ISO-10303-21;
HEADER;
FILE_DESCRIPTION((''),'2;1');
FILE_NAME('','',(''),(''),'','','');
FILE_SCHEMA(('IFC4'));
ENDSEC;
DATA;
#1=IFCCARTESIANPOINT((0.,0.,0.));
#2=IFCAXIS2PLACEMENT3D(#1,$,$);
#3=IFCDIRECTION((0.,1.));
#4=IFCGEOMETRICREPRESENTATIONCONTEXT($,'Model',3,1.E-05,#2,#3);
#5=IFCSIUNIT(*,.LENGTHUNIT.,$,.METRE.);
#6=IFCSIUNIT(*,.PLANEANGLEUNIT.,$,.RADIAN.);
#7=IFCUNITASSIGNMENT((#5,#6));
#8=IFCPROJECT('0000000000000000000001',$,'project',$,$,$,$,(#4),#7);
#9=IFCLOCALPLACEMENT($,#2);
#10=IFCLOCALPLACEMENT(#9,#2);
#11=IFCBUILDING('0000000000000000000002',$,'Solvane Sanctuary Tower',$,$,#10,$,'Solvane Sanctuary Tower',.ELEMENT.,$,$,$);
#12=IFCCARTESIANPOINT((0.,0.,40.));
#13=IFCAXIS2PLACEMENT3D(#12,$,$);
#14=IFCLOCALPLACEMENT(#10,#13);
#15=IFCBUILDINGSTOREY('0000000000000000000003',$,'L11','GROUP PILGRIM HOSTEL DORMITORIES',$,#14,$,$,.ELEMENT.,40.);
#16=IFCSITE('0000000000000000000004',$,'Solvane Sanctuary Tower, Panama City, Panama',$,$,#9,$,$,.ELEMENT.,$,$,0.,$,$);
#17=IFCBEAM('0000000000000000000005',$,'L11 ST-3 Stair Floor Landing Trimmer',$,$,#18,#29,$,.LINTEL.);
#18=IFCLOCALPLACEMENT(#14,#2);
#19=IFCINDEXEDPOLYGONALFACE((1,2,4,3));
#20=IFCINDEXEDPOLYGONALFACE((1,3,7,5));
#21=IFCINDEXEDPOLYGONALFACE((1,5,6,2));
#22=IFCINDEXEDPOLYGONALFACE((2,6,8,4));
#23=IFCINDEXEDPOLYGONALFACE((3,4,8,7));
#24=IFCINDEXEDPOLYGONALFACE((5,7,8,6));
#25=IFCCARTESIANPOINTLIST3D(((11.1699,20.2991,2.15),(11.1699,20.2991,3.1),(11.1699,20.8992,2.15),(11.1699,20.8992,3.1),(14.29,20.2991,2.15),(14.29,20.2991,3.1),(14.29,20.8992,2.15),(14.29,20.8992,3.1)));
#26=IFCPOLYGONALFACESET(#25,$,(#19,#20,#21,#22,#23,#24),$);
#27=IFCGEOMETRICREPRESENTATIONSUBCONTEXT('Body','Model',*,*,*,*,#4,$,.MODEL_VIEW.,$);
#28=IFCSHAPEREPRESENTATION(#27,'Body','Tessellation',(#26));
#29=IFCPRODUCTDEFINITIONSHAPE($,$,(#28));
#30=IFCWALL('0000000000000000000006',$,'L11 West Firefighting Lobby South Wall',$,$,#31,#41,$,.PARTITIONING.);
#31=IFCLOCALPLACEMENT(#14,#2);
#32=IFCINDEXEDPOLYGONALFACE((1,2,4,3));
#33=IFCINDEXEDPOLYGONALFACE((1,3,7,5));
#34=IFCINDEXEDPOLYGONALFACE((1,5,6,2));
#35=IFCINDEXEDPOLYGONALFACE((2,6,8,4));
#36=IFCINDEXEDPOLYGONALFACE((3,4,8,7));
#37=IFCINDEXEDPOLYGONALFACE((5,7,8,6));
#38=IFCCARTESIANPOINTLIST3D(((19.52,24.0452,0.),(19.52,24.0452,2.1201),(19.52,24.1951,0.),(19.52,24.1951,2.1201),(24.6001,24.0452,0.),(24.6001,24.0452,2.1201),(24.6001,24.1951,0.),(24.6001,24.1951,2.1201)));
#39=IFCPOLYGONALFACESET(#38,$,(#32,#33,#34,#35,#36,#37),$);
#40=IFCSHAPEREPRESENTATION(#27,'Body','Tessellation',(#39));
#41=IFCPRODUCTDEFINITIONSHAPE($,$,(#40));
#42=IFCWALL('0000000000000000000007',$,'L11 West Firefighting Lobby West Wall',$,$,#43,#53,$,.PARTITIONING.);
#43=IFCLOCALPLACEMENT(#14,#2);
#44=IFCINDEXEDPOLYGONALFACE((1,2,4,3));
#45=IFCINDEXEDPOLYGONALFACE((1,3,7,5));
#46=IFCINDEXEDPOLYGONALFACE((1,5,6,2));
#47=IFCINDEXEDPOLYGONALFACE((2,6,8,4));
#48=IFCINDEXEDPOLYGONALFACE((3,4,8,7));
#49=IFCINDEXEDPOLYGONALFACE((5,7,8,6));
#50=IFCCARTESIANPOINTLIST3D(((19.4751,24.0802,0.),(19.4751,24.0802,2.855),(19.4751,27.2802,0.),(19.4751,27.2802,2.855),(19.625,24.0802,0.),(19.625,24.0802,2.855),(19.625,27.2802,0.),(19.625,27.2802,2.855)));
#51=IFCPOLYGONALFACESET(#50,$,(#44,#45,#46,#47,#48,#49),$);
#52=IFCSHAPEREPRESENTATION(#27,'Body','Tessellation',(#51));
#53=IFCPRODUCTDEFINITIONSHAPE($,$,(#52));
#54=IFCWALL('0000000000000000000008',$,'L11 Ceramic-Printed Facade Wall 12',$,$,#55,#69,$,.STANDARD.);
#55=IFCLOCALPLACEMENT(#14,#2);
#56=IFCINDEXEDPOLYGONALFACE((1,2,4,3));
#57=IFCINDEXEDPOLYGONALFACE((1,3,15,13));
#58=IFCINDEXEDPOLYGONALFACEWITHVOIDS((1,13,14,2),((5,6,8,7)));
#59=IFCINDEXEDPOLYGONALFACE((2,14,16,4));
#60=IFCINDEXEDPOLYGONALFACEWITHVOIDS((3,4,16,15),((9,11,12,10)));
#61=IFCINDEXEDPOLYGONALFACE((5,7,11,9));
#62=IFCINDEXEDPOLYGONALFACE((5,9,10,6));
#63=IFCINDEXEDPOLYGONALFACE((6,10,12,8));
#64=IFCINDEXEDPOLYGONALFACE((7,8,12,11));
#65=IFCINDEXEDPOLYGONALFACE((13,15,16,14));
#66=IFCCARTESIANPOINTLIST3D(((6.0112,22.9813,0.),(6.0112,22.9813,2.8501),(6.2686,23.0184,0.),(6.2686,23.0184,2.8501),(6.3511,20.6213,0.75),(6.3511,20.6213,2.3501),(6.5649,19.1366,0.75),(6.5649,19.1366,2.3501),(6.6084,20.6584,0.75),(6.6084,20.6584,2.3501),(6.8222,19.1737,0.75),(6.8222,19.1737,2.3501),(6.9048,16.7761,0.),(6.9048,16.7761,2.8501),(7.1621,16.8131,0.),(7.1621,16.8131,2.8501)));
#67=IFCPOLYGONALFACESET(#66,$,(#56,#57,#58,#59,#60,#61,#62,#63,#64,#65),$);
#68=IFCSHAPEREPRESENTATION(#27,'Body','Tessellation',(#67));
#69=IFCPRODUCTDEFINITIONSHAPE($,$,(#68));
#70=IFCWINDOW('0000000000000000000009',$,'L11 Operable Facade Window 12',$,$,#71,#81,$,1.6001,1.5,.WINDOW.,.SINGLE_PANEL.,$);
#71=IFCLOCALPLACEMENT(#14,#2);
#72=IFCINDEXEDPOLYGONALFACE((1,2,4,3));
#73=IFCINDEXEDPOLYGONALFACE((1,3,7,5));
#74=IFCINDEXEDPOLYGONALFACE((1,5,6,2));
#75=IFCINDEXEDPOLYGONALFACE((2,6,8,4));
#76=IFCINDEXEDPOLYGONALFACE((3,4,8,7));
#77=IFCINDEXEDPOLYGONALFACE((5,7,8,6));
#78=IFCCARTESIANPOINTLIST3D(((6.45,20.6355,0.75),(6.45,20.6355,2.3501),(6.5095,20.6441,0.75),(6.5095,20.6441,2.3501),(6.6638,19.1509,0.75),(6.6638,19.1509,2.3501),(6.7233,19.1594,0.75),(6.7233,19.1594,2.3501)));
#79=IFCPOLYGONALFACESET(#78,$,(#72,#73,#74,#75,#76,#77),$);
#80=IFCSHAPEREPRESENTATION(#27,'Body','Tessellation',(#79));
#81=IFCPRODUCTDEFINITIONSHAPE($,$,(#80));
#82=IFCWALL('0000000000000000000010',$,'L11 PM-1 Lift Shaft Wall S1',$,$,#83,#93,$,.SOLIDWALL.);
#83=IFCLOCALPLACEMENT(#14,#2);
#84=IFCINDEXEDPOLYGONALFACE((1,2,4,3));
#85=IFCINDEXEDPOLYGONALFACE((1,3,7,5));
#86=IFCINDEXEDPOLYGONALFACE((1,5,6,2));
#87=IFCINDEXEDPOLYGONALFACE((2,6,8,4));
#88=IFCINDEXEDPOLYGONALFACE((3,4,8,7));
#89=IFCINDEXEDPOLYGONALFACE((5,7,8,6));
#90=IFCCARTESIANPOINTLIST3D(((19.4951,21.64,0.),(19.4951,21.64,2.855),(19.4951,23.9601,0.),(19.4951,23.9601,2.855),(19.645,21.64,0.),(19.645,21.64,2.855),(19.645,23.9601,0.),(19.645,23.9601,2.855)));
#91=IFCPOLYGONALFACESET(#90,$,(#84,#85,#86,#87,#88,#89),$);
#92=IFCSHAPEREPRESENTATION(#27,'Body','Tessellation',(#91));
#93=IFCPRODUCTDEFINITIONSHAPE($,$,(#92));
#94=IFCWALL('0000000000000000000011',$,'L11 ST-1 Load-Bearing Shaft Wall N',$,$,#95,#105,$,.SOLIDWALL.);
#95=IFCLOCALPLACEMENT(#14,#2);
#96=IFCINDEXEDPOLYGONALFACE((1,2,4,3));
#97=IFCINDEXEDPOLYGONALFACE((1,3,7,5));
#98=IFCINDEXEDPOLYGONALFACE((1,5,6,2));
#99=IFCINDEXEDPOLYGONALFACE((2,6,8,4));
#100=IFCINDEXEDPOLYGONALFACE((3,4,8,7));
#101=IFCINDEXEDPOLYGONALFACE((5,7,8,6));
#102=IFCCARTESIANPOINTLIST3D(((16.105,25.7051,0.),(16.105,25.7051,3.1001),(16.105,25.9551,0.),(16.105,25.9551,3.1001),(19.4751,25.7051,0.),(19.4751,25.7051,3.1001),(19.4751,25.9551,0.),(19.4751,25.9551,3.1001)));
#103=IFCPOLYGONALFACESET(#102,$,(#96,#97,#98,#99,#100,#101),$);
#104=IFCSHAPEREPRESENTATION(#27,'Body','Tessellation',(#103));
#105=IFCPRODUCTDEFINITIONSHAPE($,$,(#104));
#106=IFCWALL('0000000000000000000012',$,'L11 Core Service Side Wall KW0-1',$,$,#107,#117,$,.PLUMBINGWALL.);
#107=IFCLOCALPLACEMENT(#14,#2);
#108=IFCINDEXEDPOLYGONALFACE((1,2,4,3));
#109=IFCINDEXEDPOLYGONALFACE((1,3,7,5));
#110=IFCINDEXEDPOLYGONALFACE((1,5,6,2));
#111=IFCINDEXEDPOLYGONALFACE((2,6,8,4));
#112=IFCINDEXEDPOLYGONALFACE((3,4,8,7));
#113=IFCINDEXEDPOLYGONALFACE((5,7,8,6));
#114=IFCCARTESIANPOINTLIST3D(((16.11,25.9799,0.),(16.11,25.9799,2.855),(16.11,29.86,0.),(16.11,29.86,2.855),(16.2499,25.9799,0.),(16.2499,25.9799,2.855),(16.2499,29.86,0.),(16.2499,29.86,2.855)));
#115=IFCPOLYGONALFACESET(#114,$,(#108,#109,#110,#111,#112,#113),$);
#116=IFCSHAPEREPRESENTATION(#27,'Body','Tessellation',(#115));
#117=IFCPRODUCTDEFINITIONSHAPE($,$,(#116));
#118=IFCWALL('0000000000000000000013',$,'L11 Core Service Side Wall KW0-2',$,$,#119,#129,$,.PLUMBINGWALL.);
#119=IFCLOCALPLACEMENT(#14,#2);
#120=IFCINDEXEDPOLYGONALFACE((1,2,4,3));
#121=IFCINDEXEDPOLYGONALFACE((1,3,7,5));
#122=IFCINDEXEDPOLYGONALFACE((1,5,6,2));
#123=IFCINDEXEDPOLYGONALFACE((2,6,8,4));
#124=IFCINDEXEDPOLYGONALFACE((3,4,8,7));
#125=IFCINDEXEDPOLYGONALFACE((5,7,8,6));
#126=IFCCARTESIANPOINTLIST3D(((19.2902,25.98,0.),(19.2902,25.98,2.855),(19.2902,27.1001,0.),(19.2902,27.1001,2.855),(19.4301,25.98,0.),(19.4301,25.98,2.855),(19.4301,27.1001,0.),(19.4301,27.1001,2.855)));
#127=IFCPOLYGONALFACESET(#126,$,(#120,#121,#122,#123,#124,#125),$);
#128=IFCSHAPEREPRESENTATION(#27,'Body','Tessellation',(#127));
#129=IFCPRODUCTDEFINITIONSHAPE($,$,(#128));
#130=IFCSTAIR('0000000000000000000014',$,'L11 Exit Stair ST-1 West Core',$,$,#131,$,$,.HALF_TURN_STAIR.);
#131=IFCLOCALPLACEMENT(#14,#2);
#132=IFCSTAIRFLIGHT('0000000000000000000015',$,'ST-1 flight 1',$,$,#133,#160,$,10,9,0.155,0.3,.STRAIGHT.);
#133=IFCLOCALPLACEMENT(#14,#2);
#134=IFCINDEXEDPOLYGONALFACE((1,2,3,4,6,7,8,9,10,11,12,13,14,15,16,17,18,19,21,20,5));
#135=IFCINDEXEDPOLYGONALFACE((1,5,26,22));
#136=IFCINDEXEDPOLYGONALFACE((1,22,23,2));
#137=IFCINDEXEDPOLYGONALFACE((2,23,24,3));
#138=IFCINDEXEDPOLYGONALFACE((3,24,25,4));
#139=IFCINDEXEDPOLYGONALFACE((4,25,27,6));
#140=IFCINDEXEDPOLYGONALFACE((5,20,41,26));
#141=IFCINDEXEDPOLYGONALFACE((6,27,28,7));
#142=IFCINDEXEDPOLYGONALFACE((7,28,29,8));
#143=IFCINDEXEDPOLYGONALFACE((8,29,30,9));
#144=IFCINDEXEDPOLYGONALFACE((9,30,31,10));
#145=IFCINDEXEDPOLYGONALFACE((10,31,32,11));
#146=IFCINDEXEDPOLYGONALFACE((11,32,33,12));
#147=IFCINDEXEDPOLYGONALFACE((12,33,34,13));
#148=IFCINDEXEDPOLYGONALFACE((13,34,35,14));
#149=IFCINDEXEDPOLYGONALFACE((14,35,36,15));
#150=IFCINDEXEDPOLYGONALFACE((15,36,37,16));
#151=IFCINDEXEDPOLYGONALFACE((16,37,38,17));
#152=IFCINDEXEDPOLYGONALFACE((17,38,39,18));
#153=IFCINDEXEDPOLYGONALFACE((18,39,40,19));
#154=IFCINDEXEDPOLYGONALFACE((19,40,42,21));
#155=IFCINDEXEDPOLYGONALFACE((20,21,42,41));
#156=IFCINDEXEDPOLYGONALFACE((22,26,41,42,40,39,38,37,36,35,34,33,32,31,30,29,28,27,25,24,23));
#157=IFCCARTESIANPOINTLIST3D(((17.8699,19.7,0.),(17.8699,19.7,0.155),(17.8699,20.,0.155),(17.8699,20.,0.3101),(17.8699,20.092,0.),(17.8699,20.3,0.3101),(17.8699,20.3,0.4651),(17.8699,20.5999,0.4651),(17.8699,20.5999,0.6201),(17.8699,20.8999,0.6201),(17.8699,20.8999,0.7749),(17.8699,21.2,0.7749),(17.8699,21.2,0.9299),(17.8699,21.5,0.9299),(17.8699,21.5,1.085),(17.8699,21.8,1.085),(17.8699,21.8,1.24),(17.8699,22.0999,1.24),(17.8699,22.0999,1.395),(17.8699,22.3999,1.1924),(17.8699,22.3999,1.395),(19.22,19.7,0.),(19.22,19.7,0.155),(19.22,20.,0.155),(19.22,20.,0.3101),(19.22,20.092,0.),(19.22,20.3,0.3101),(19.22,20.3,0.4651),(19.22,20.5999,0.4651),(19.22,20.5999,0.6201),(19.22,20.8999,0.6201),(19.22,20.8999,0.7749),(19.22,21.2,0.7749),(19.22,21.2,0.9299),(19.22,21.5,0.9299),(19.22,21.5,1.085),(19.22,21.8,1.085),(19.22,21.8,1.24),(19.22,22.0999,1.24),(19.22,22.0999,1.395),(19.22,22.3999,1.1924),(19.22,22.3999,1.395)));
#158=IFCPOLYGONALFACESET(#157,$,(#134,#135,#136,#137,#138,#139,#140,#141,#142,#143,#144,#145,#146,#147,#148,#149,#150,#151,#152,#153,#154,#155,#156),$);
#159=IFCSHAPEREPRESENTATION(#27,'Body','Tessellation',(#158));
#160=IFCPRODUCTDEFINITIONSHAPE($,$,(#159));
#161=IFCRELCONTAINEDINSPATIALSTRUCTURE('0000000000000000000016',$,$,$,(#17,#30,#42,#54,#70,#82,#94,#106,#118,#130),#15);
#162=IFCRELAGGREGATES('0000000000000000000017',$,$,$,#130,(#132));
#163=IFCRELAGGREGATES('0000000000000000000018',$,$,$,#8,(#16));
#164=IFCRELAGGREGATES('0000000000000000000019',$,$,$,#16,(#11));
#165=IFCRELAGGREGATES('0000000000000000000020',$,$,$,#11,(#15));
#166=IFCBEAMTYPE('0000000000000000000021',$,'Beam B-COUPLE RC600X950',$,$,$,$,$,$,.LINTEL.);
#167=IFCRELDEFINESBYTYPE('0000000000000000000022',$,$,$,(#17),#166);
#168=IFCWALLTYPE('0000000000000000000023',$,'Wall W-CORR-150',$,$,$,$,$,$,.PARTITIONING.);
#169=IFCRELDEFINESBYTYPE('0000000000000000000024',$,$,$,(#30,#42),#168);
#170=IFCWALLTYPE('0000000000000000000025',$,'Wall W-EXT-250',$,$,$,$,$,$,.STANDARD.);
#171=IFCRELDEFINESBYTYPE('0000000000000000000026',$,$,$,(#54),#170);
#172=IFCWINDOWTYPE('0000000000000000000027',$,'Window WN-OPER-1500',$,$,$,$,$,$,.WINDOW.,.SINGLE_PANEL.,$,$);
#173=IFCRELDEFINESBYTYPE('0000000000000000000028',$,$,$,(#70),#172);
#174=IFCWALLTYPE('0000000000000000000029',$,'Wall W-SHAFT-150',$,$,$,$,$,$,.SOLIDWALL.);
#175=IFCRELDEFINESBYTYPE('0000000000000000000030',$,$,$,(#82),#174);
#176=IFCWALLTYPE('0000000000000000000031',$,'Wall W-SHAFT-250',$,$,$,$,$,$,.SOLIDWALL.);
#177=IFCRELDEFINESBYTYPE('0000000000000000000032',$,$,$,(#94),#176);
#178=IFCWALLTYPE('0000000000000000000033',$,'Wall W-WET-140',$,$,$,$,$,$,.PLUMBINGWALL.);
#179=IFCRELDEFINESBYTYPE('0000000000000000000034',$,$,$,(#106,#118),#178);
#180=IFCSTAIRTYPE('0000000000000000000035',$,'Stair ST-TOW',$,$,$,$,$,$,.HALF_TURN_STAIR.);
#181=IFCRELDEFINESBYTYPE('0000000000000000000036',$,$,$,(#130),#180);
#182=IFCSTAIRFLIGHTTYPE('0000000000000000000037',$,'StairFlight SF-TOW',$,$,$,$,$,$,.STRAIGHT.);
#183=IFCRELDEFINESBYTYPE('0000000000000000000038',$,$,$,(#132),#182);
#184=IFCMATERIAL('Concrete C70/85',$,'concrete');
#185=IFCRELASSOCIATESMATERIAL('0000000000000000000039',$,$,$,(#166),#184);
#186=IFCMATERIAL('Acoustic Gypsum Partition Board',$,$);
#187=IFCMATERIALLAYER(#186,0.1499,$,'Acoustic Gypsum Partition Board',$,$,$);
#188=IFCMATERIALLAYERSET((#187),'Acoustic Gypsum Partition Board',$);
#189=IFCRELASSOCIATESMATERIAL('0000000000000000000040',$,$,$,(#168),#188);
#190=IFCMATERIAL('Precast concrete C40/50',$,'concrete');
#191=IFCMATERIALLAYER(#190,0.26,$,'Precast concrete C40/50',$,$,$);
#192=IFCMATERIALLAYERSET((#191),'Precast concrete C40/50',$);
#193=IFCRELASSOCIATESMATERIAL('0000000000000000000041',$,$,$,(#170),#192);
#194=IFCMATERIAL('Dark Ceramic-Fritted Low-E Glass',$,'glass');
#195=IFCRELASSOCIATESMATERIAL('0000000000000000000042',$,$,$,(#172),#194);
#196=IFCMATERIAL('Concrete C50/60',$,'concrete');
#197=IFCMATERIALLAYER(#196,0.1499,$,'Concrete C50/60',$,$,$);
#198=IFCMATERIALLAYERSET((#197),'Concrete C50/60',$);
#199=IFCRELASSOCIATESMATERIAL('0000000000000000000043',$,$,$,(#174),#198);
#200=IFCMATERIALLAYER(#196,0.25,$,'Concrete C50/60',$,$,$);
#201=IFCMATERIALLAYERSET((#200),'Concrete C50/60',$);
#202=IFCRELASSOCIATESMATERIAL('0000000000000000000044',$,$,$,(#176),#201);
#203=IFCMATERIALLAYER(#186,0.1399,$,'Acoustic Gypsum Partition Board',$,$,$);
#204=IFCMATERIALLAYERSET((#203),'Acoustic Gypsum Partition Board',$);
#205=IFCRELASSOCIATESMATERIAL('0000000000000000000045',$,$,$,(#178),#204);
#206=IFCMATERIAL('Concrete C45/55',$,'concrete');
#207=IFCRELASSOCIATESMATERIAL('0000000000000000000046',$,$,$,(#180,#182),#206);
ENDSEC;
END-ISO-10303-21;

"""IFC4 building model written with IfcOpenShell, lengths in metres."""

from ifc_helpers import new_model, si_unit, direction, frame, frame_2d, origin, origin_2d, place, context, subcontext, project, spatial, polyline, rectangle, outline, extrude, material, layer, layer_set, material_profile, profile_set, type_object, element, fill, aggregate, save


model = new_model("IFC4")

# Units and contexts
model_context = context("Model", 3, precision=1e-05, world=origin(), true_north=direction((0.0, 1.0)))
body_context = subcontext(model_context, "Body", "Model", "MODEL_VIEW")
ifc_project = project(units=[si_unit("LENGTHUNIT", "METRE"), si_unit("PLANEANGLEUNIT", "RADIAN")], contexts=[model_context])

# Site, building, storey
site_placement = place(None, origin())
site = spatial("IfcSite", under=ifc_project, at=site_placement, Name="Solvane Sanctuary Tower, Panama City, Panama", CompositionType="ELEMENT", RefElevation=0.0)
building_placement = place(site_placement, origin())
building = spatial("IfcBuilding", under=site, at=building_placement, Name="Solvane Sanctuary Tower", LongName="Solvane Sanctuary Tower", CompositionType="ELEMENT")
storey_placement = place(building_placement, frame((0.0, 0.0, 40.0)))
storey = spatial("IfcBuildingStorey", under=building, at=storey_placement, Name="L11", Description="GROUP PILGRIM HOSTEL DORMITORIES", CompositionType="ELEMENT", Elevation=40.0)

# Beam
ifc_material_1 = material(Name="Concrete C70/85", Category="concrete")
ifc_material_profile = material_profile(ifc_material_1, rectangle(XDim=0.6001, YDim=0.95, at=origin_2d()), Name="RC600X950")
ifc_profile_set = profile_set([ifc_material_profile], Name="Concrete C70/85")
beam_type = type_object("IfcBeamType", Name="Beam B-COUPLE RC600X950", PredefinedType="LINTEL", material=ifc_profile_set)
beam_placement = place(storey_placement, frame((11.1699, 20.5991, 2.625), z_axis=(1.0, 0.0, 0.0), x_axis=(0.0, 1.0, 0.0)))
element("IfcBeam", 1, at=beam_placement, inside=storey, type_object=beam_type, Name="L11 ST-3 Stair Floor Landing Trimmer", PredefinedType="LINTEL", context=body_context, shape_type="SweptSolid", body=[
    extrude(rectangle(XDim=0.6001, YDim=0.95, at=origin_2d()), origin(), (0.0, 0.0, 1.0), 3.1201),
])

# Walls
ifc_material_2 = material(Name="Acoustic Gypsum Partition Board")
ifc_layer_1 = layer(ifc_material_2, 0.1499, Name="Acoustic Gypsum Partition Board")
ifc_layer_set_1 = layer_set([ifc_layer_1], Name="Acoustic Gypsum Partition Board")
wall_type_1 = type_object("IfcWallType", Name="Wall W-CORR-150", PredefinedType="PARTITIONING", material=ifc_layer_set_1)
wall_1_placement = place(storey_placement, frame((19.52, 24.1201, 0.0), z_axis=(0.0, 0.0, 1.0), x_axis=(1.0, 0.0, 0.0)))
element("IfcWall", 2, at=wall_1_placement, inside=storey, type_object=wall_type_1, Name="L11 West Firefighting Lobby South Wall", PredefinedType="PARTITIONING", context=body_context, shape_type="SweptSolid", body=[
    extrude(rectangle(XDim=5.0801, YDim=0.1499, at=frame_2d((2.54, 0.0))), origin(), (0.0, 0.0, 1.0), 2.1201),
])
wall_2_placement = place(storey_placement, frame((19.55, 24.0801, 0.0), z_axis=(0.0, 0.0, 1.0), x_axis=(0.0, 1.0, 0.0)))
element("IfcWall", 3, at=wall_2_placement, inside=storey, type_object=wall_type_1, Name="L11 West Firefighting Lobby West Wall", PredefinedType="PARTITIONING", context=body_context, shape_type="SweptSolid", body=[
    extrude(rectangle(XDim=3.2, YDim=0.1499, at=frame_2d((1.6001, 0.0))), origin(), (0.0, 0.0, 1.0), 2.855),
])

# Wall, opening, window
ifc_material_3 = material(Name="Precast concrete C40/50", Category="concrete")
ifc_layer_2 = layer(ifc_material_3, 0.26, Name="Precast concrete C40/50")
ifc_layer_set_2 = layer_set([ifc_layer_2], Name="Precast concrete C40/50")
wall_type_2 = type_object("IfcWallType", Name="Wall W-EXT-250", PredefinedType="STANDARD", material=ifc_layer_set_2)
wall_3_placement = place(storey_placement, frame((6.1399, 23.0, 0.0), z_axis=(0.0, 0.0, 1.0), x_axis=(0.142528, -0.989791, 0.0)))
wall_3 = element("IfcWall", 4, at=wall_3_placement, inside=storey, type_object=wall_type_2, Name="L11 Ceramic-Printed Facade Wall 12", PredefinedType="STANDARD", context=body_context, shape_type="SweptSolid", body=[
    extrude(rectangle(XDim=6.2693, YDim=0.26, at=frame_2d((3.1348, 0.0))), origin(), (0.0, 0.0, 1.0), 2.8501),
])
opening_placement = place(wall_3_placement, frame((2.3845, 0.0, 0.75)))
opening = element("IfcOpeningElement", 5, at=opening_placement, cuts=wall_3, PredefinedType="OPENING", context=body_context, shape_type="SweptSolid", body=[
    extrude(rectangle(XDim=1.5, YDim=1.6001, at=frame_2d((0.75, 0.8))), frame((0.0, 0.1399, 0.0), z_axis=(0.0, -1.0, 0.0), x_axis=(1.0, 0.0, 0.0)), (0.0, 0.0, 1.0), 0.28),
])
ifc_material_4 = material(Name="Dark Ceramic-Fritted Low-E Glass", Category="glass")
window_type = type_object("IfcWindowType", Name="Window WN-OPER-1500", PartitioningType="SINGLE_PANEL", PredefinedType="WINDOW", material=ifc_material_4)
window_placement = place(opening_placement, origin())
window = element("IfcWindow", 6, at=window_placement, inside=storey, type_object=window_type, Name="L11 Operable Facade Window 12", OverallHeight=1.6001, OverallWidth=1.5, PartitioningType="SINGLE_PANEL", PredefinedType="WINDOW", context=body_context, shape_type="SweptSolid", body=[
    extrude(rectangle(XDim=1.5, YDim=1.6001, at=frame_2d((0.75, 0.8))), frame((0.0, 0.03, 0.0), z_axis=(0.0, -1.0, 0.0), x_axis=(1.0, 0.0, 0.0)), (0.0, 0.0, 1.0), 0.0601),
])
fill(opening, window)

# Walls
ifc_material_5 = material(Name="Concrete C50/60", Category="concrete")
ifc_layer_3 = layer(ifc_material_5, 0.1499, Name="Concrete C50/60")
ifc_layer_set_3 = layer_set([ifc_layer_3], Name="Concrete C50/60")
wall_type_3 = type_object("IfcWallType", Name="Wall W-SHAFT-150", PredefinedType="SOLIDWALL", material=ifc_layer_set_3)
wall_4_placement = place(storey_placement, frame((19.5701, 21.6399, 0.0), z_axis=(0.0, 0.0, 1.0), x_axis=(0.0, 1.0, 0.0)))
element("IfcWall", 7, at=wall_4_placement, inside=storey, type_object=wall_type_3, Name="L11 PM-1 Lift Shaft Wall S1", PredefinedType="SOLIDWALL", context=body_context, shape_type="SweptSolid", body=[
    extrude(rectangle(XDim=2.3201, YDim=0.1499, at=frame_2d((1.1602, 0.0))), origin(), (0.0, 0.0, 1.0), 2.855),
])
ifc_layer_4 = layer(ifc_material_5, 0.25, Name="Concrete C50/60")
ifc_layer_set_4 = layer_set([ifc_layer_4], Name="Concrete C50/60")
wall_type_4 = type_object("IfcWallType", Name="Wall W-SHAFT-250", PredefinedType="SOLIDWALL", material=ifc_layer_set_4)
wall_5_placement = place(storey_placement, frame((16.105, 25.8301, 0.0), z_axis=(0.0, 0.0, 1.0), x_axis=(1.0, 0.0, 0.0)))
element("IfcWall", 8, at=wall_5_placement, inside=storey, type_object=wall_type_4, Name="L11 ST-1 Load-Bearing Shaft Wall N", PredefinedType="SOLIDWALL", context=body_context, shape_type="SweptSolid", body=[
    extrude(rectangle(XDim=3.3701, YDim=0.25, at=frame_2d((1.6851, 0.0))), origin(), (0.0, 0.0, 1.0), 3.1001),
])
ifc_layer_5 = layer(ifc_material_2, 0.1399, Name="Acoustic Gypsum Partition Board")
ifc_layer_set_5 = layer_set([ifc_layer_5], Name="Acoustic Gypsum Partition Board")
wall_type_5 = type_object("IfcWallType", Name="Wall W-WET-140", PredefinedType="PLUMBINGWALL", material=ifc_layer_set_5)
wall_6_placement = place(storey_placement, frame((16.1799, 25.98, 0.0), z_axis=(0.0, 0.0, 1.0), x_axis=(0.0, 1.0, 0.0)))
element("IfcWall", 9, at=wall_6_placement, inside=storey, type_object=wall_type_5, Name="L11 Core Service Side Wall KW0-1", PredefinedType="PLUMBINGWALL", context=body_context, shape_type="SweptSolid", body=[
    extrude(rectangle(XDim=3.8801, YDim=0.1399, at=frame_2d((1.9399, 0.0))), origin(), (0.0, 0.0, 1.0), 2.855),
])
wall_7_placement = place(storey_placement, frame((19.3601, 25.98, 0.0), z_axis=(0.0, 0.0, 1.0), x_axis=(0.0, 1.0, 0.0)))
element("IfcWall", 10, at=wall_7_placement, inside=storey, type_object=wall_type_5, Name="L11 Core Service Side Wall KW0-2", PredefinedType="PLUMBINGWALL", context=body_context, shape_type="SweptSolid", body=[
    extrude(rectangle(XDim=1.1201, YDim=0.1399, at=frame_2d((0.5601, 0.0))), origin(), (0.0, 0.0, 1.0), 2.855),
])

# Stair, stair flight
ifc_material_6 = material(Name="Concrete C45/55", Category="concrete")
stair_type = type_object("IfcStairType", Name="Stair ST-TOW", PredefinedType="HALF_TURN_STAIR", material=ifc_material_6)
stair_1_placement = place(storey_placement, origin())
stair_1 = element("IfcStair", 11, at=stair_1_placement, inside=storey, type_object=stair_type, Name="L11 Exit Stair ST-1 West Core", PredefinedType="HALF_TURN_STAIR")
stair_flight_type = type_object("IfcStairFlightType", Name="StairFlight SF-TOW", PredefinedType="STRAIGHT", material=ifc_material_6)
stair_flight_1_placement = place(storey_placement, frame((18.5449, 19.7, 0.0), z_axis=(0.0, 0.0, 1.0), x_axis=(0.0, 1.0, 0.0)))
stair_flight_1 = element("IfcStairFlight", 12, at=stair_flight_1_placement, type_object=stair_flight_type, Name="ST-1 flight 1", NumberOfRisers=10, NumberOfTreads=9, PredefinedType="STRAIGHT", RiserHeight=0.155, TreadLength=0.3, context=body_context, shape_type="SweptSolid", body=[
    extrude(outline(polyline([(0.0, 0.0), (0.0, 0.155), (0.3, 0.155), (0.3, 0.3101), (0.6001, 0.3101), (0.6001, 0.4651), (0.8999, 0.4651), (0.8999, 0.6201), (1.2, 0.6201), (1.2, 0.7749), (1.5, 0.7749), (1.5, 0.9299), (1.8, 0.9299), (1.8, 1.085), (2.1001, 1.085), (2.1001, 1.24), (2.3999, 1.24), (2.3999, 1.395), (2.7, 1.395), (2.7, 1.55), (2.7, 1.1924), (0.3921, 0.0), (0.0, 0.0)])), frame((0.0, 0.675, 0.0), z_axis=(0.0, -1.0, 0.0), x_axis=(1.0, 0.0, 0.0)), (0.0, 0.0, 1.0), 1.3501),
])
aggregate(stair_1, [stair_flight_1])

save(model, "model.ifc")
